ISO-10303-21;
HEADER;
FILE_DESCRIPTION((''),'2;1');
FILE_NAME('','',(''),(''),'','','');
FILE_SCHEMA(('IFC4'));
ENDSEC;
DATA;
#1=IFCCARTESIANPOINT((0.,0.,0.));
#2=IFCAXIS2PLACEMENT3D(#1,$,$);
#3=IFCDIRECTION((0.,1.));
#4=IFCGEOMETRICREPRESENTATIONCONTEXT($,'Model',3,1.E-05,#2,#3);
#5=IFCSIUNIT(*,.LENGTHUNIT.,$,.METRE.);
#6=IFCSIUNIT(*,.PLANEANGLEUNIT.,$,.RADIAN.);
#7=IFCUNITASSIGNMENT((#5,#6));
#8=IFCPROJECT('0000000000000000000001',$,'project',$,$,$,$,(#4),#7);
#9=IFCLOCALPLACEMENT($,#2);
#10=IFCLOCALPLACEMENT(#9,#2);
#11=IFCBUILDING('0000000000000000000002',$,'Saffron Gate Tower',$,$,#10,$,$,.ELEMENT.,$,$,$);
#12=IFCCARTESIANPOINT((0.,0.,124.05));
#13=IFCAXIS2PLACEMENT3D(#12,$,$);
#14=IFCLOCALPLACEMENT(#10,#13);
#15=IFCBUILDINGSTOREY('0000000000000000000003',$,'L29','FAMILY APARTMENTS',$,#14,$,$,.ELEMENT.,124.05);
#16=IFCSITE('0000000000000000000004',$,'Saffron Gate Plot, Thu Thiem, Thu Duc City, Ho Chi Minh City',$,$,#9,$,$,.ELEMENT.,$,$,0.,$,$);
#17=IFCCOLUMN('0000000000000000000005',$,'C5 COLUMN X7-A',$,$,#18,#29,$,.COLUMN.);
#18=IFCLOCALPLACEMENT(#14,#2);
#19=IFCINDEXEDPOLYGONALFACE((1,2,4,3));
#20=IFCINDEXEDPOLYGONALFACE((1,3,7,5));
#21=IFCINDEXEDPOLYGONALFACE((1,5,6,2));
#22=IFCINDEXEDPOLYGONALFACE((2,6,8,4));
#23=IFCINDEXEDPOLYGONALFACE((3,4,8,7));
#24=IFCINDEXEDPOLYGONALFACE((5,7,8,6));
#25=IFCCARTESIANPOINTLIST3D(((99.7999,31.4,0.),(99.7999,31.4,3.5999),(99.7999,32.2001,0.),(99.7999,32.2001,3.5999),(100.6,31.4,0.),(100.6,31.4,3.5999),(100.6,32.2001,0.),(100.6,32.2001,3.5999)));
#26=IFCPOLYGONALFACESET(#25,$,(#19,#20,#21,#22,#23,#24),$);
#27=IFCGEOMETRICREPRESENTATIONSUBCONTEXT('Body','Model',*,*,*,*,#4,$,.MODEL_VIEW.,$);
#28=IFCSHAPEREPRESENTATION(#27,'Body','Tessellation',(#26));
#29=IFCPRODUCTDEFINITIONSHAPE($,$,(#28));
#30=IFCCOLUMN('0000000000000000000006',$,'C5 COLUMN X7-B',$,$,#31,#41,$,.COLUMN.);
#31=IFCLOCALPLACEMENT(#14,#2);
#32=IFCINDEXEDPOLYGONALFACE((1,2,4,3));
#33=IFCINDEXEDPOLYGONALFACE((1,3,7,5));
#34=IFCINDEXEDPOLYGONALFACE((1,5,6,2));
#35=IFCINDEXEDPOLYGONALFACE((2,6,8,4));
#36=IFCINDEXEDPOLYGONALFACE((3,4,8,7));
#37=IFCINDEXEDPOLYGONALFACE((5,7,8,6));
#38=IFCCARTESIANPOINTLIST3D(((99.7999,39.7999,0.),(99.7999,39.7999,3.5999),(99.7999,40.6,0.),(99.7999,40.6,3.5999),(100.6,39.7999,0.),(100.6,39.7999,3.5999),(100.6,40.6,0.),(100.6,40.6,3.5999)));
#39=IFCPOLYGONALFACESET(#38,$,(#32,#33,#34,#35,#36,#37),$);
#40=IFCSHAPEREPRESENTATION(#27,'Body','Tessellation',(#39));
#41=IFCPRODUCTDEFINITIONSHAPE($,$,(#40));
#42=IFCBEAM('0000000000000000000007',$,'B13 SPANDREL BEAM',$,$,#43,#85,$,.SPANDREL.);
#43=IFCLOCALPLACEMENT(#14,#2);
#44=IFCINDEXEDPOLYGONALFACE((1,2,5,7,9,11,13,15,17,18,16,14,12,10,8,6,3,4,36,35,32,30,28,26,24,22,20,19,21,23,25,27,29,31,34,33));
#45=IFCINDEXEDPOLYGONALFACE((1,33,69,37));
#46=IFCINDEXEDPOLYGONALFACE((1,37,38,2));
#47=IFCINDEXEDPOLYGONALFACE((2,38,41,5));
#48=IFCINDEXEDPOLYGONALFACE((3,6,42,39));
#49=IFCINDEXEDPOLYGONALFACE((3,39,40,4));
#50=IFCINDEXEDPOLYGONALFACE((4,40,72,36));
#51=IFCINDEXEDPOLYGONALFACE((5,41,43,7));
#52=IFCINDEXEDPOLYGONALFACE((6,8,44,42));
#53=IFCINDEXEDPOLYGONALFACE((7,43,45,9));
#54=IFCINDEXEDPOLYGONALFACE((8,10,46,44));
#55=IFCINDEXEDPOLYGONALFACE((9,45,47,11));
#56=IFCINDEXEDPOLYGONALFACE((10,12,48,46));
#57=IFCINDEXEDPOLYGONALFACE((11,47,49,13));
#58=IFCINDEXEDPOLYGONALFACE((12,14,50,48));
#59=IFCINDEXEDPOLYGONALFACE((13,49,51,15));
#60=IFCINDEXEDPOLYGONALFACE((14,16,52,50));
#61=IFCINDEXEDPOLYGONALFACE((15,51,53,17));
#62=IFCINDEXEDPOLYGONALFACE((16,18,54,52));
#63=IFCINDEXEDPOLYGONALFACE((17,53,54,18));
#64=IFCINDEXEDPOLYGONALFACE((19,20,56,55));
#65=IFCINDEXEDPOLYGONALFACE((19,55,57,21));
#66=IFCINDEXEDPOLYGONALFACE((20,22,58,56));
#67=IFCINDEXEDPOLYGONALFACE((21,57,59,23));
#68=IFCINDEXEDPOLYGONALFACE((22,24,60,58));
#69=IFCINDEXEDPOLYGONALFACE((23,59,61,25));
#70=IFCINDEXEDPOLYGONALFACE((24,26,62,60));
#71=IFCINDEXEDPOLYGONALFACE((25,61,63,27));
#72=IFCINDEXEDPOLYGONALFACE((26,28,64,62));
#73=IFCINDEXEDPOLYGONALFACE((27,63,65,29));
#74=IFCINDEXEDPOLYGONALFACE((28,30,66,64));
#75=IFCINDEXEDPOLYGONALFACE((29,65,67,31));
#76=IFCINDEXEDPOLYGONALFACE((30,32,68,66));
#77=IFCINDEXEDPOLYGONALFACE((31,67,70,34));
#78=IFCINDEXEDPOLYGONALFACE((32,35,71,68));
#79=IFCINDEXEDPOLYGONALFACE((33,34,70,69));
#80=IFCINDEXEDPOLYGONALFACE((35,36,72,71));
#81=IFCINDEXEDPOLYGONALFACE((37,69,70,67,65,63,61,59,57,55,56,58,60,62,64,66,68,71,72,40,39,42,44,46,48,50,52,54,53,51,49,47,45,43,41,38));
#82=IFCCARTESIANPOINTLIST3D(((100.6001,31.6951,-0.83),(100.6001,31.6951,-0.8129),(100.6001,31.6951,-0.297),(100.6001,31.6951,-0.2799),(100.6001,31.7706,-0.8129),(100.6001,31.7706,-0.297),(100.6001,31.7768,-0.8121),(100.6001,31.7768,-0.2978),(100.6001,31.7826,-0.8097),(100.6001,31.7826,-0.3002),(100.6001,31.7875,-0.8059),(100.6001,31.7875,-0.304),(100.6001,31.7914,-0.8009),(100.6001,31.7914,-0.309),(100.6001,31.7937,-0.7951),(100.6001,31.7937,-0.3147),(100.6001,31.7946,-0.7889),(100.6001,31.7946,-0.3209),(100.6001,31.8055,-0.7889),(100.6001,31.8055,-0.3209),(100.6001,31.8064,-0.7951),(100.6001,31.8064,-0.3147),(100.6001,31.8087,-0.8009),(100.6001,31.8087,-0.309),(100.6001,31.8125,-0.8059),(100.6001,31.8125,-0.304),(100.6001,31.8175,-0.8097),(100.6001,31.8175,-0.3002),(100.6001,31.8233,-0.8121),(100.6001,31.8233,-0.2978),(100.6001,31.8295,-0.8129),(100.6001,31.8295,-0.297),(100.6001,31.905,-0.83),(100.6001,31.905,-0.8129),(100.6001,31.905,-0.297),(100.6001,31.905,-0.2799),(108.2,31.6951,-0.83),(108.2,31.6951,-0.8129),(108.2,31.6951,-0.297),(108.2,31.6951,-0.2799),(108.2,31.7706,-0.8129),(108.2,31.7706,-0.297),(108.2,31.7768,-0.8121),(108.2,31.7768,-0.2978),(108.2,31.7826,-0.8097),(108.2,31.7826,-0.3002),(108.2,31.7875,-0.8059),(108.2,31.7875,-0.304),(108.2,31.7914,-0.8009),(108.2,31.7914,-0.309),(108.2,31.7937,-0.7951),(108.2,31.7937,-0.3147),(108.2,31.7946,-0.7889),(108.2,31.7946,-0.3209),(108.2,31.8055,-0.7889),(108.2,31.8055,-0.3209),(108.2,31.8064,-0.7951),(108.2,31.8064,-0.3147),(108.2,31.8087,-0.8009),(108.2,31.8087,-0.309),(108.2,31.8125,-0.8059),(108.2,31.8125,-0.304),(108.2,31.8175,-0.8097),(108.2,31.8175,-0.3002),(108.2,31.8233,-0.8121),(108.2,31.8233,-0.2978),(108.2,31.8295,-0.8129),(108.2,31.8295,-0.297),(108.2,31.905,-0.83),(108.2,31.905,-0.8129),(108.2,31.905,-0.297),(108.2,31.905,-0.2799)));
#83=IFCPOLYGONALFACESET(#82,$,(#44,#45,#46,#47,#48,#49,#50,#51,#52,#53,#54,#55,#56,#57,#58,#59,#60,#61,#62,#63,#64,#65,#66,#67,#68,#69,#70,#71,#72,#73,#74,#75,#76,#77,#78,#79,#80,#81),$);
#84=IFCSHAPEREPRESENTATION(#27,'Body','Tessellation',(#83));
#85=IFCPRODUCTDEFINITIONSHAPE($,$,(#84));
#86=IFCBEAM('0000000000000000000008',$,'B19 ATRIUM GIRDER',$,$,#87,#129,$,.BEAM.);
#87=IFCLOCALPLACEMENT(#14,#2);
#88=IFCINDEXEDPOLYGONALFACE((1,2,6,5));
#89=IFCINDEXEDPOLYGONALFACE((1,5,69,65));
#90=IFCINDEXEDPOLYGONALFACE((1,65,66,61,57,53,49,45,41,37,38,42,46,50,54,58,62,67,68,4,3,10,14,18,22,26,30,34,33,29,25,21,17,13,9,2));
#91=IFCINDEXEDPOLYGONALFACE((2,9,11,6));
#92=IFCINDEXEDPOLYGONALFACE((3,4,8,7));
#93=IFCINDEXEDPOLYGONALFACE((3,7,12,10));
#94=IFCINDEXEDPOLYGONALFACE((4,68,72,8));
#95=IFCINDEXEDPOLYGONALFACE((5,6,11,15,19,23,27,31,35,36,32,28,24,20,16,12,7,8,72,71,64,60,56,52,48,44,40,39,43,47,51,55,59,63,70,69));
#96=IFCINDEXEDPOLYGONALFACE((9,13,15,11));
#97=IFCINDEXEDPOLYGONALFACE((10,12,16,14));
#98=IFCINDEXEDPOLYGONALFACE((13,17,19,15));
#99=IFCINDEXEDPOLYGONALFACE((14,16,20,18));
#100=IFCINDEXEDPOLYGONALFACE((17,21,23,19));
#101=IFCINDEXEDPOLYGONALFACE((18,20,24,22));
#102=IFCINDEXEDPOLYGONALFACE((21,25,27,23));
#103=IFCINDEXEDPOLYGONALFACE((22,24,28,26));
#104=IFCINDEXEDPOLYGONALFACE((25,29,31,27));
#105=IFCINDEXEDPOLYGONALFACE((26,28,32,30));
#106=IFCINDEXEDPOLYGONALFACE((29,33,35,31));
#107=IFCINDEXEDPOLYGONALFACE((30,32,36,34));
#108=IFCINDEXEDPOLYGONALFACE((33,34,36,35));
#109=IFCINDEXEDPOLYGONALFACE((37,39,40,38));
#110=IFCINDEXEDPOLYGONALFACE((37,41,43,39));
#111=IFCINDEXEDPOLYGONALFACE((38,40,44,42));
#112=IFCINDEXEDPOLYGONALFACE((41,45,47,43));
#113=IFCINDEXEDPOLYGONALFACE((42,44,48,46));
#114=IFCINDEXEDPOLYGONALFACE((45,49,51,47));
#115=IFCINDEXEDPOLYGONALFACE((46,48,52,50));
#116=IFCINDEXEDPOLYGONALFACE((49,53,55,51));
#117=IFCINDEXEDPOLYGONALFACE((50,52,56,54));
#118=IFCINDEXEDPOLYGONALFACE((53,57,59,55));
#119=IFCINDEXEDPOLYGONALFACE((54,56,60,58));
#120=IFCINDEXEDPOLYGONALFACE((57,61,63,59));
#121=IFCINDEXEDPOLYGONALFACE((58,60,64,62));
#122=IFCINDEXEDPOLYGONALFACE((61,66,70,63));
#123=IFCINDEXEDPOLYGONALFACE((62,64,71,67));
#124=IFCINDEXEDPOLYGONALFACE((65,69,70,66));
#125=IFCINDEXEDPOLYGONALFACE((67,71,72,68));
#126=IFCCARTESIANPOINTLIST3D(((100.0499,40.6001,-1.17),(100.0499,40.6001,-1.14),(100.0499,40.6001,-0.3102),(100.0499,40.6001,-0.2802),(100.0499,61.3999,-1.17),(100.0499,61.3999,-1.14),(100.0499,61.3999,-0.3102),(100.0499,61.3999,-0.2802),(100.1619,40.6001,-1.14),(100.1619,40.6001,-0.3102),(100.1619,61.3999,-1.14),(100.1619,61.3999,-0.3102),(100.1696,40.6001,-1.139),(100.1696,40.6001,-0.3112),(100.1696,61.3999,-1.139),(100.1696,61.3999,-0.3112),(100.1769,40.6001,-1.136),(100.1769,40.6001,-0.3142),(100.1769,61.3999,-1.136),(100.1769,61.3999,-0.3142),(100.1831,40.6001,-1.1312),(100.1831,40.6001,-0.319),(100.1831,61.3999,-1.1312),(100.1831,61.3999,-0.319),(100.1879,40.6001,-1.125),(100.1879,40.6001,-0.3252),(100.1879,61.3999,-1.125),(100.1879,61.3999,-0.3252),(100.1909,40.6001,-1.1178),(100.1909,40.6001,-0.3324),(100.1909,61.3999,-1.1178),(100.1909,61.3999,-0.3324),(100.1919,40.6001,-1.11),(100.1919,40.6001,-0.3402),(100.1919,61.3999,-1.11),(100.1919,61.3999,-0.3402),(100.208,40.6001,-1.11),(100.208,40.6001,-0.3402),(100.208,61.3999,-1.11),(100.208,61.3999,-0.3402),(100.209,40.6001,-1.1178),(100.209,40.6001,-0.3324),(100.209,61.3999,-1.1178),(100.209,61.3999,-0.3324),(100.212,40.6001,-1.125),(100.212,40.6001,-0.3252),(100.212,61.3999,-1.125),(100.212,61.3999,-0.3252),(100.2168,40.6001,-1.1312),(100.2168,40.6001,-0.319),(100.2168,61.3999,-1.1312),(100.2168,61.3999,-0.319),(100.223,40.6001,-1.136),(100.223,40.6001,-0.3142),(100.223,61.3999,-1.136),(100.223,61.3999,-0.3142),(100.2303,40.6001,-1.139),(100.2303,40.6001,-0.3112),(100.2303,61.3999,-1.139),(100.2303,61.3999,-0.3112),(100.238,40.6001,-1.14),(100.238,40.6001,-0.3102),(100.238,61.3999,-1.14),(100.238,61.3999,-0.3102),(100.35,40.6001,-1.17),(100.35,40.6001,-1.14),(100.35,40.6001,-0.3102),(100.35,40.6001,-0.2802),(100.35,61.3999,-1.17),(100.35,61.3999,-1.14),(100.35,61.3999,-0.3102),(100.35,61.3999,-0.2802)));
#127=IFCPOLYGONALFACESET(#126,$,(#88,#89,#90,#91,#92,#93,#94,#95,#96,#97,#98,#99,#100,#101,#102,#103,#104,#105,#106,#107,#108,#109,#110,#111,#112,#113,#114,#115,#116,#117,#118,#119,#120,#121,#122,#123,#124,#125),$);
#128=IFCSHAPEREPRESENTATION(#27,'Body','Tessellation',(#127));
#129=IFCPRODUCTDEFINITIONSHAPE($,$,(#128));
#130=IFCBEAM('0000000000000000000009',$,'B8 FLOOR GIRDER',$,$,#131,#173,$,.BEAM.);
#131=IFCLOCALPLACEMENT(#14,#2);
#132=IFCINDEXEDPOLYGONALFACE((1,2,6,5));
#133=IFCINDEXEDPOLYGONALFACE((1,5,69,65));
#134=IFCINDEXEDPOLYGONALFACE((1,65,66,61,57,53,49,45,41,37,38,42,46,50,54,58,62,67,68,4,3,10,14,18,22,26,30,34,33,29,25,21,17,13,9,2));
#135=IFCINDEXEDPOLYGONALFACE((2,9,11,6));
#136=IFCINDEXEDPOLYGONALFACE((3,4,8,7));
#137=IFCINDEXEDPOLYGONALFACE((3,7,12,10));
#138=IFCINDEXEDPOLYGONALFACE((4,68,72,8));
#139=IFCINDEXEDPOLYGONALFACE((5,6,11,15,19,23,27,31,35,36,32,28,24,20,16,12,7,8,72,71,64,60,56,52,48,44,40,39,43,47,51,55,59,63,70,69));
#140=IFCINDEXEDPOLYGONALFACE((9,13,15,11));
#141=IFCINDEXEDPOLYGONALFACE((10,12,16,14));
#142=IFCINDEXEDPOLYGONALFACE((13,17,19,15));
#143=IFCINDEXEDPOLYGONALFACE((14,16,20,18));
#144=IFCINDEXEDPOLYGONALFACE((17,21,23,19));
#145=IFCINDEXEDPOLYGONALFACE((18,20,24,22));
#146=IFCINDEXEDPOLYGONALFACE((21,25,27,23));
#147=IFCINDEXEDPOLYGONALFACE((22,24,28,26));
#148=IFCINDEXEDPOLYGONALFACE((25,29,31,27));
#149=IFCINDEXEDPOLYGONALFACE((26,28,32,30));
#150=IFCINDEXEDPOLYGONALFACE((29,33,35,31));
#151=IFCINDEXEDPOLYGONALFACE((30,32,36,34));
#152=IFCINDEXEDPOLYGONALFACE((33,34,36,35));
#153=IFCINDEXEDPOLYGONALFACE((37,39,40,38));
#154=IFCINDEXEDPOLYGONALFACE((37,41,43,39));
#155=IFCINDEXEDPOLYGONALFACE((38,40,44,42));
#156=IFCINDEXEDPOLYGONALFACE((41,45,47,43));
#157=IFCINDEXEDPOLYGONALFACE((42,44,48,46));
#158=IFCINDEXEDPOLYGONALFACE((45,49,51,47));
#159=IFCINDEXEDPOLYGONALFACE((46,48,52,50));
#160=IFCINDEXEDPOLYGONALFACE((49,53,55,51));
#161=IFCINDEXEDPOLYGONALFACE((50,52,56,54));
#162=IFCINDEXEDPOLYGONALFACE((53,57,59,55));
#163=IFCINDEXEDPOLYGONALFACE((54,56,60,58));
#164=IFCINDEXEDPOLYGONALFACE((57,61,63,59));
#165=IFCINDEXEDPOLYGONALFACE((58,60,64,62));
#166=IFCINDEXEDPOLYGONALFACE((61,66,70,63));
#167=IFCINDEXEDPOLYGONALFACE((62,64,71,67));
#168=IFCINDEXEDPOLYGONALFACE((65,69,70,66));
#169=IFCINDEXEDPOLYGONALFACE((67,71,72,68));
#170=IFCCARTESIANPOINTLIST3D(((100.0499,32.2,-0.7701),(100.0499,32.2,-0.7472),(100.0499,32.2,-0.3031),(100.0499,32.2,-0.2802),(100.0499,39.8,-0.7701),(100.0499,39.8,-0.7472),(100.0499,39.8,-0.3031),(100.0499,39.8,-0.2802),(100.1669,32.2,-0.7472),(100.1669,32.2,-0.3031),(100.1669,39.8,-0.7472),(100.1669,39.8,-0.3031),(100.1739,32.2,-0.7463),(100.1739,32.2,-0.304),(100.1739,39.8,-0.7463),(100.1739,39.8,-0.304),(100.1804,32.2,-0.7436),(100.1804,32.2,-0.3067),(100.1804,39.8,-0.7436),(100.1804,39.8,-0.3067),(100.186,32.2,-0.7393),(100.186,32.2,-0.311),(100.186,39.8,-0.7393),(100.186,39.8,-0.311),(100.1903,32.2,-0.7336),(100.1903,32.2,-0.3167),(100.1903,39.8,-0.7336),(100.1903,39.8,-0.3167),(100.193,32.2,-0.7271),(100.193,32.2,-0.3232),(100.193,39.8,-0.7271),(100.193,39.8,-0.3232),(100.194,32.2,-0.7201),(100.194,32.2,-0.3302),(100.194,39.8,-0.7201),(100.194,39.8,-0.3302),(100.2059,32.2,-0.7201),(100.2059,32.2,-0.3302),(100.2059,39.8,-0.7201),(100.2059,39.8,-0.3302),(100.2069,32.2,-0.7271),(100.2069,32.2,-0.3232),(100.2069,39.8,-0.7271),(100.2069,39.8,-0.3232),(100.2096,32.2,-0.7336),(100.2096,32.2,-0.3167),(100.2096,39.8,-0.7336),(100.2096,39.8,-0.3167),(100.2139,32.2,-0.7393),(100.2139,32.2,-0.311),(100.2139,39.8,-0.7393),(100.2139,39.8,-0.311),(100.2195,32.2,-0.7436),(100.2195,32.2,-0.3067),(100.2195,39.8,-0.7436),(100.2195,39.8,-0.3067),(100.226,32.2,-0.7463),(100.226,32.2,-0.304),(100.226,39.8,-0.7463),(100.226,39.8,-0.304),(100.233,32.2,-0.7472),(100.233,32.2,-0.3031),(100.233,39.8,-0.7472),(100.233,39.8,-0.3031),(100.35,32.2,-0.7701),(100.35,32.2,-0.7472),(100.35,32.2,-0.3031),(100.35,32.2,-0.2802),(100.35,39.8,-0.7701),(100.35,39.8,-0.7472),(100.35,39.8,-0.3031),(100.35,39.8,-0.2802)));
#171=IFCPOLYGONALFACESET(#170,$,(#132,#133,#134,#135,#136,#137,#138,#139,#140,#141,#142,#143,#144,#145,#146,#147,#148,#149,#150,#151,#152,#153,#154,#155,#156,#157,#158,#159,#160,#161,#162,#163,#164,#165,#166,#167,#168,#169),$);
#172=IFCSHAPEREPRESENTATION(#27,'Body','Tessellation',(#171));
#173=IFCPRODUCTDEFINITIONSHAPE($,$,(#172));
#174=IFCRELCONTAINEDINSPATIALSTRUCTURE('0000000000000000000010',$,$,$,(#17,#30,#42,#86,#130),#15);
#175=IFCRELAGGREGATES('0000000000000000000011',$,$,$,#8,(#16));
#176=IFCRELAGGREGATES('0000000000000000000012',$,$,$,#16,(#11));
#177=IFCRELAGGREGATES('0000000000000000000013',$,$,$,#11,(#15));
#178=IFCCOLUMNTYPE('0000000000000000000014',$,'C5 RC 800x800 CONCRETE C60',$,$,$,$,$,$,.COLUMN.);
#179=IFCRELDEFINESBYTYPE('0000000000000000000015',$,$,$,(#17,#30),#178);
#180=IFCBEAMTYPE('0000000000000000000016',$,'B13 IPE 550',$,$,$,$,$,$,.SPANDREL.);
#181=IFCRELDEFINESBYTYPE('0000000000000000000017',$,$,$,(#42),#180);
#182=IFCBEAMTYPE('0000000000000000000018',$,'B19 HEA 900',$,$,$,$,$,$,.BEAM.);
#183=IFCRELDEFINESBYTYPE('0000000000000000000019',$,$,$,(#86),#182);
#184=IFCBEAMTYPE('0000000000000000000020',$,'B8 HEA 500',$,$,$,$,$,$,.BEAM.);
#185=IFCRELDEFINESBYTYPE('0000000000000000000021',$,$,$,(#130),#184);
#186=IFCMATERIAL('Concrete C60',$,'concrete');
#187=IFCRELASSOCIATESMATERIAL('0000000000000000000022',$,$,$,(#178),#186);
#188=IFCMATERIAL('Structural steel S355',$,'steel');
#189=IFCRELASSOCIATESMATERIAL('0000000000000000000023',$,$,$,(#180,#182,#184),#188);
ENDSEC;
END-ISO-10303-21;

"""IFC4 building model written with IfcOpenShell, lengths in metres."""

from ifc_helpers import new_model, si_unit, direction, frame, origin, origin_2d, place, context, subcontext, project, spatial, rectangle, i_section, extrude, material, material_profile, profile_set, type_object, element, save


model = new_model("IFC4")

# Units and contexts
model_context = context("Model", 3, precision=1e-05, world=origin(), true_north=direction((0.0, 1.0)))
body_context = subcontext(model_context, "Body", "Model", "MODEL_VIEW")
ifc_project = project(units=[si_unit("LENGTHUNIT", "METRE"), si_unit("PLANEANGLEUNIT", "RADIAN")], contexts=[model_context])

# Site, building, storey
site_placement = place(None, origin())
site = spatial("IfcSite", under=ifc_project, at=site_placement, Name="Saffron Gate Plot, Thu Thiem, Thu Duc City, Ho Chi Minh City", CompositionType="ELEMENT", RefElevation=0.0)
building_placement = place(site_placement, origin())
building = spatial("IfcBuilding", under=site, at=building_placement, Name="Saffron Gate Tower", CompositionType="ELEMENT")
storey_placement = place(building_placement, frame((0.0, 0.0, 124.05)))
storey = spatial("IfcBuildingStorey", under=building, at=storey_placement, Name="L29", Description="FAMILY APARTMENTS", CompositionType="ELEMENT", Elevation=124.05)

# Columns
ifc_material_1 = material(Name="Concrete C60", Category="concrete")
ifc_material_profile_1 = material_profile(ifc_material_1, rectangle(XDim=0.8, YDim=0.8, at=origin_2d()))
ifc_profile_set_1 = profile_set([ifc_material_profile_1], Name="Concrete C60")
column_type = type_object("IfcColumnType", Name="C5 RC 800x800 CONCRETE C60", PredefinedType="COLUMN", material=ifc_profile_set_1)
for number, where, z_axis, x_axis, name in (
    (1, (100.2, 31.8, 0.0), (0.0, 0.0, 1.0), (1.0, 0.0, 0.0), "C5 COLUMN X7-A"),
    (2, (100.2, 40.2, 0.0), (0.0, 0.0, 1.0), (1.0, 0.0, 0.0), "C5 COLUMN X7-B"),
):
    element("IfcColumn", number, at=place(storey_placement, frame(where, z_axis=z_axis, x_axis=x_axis)), inside=storey, type_object=column_type, Name=name, PredefinedType="COLUMN", context=body_context, shape_type="SweptSolid", body=[
        extrude(rectangle(XDim=0.8, YDim=0.8, at=origin_2d()), origin(), (0.0, 0.0, 1.0), 3.5999),
    ])

# Beams
ifc_material_2 = material(Name="Structural steel S355", Category="steel")
ifc_material_profile_2 = material_profile(ifc_material_2, i_section(OverallWidth=0.21, OverallDepth=0.55, WebThickness=0.011, FlangeThickness=0.0171, FilletRadius=0.0239, at=origin_2d()))
ifc_profile_set_2 = profile_set([ifc_material_profile_2], Name="Structural steel S355")
beam_type_1 = type_object("IfcBeamType", Name="B13 IPE 550", PredefinedType="SPANDREL", material=ifc_profile_set_2)
beam_1_placement = place(storey_placement, frame((100.6001, 31.8, -0.5549), z_axis=(1.0, 0.0, 0.0), x_axis=(0.0, 1.0, 0.0)))
element("IfcBeam", 3, at=beam_1_placement, inside=storey, type_object=beam_type_1, Name="B13 SPANDREL BEAM", PredefinedType="SPANDREL", context=body_context, shape_type="SweptSolid", body=[
    extrude(i_section(OverallWidth=0.21, OverallDepth=0.55, WebThickness=0.011, FlangeThickness=0.0171, FilletRadius=0.0239, at=origin_2d()), origin(), (0.0, 0.0, 1.0), 7.5999),
])
ifc_material_profile_3 = material_profile(ifc_material_2, i_section(OverallWidth=0.3, OverallDepth=0.8899, WebThickness=0.0161, FlangeThickness=0.03, FilletRadius=0.03, at=origin_2d()))
ifc_profile_set_3 = profile_set([ifc_material_profile_3], Name="Structural steel S355")
beam_type_2 = type_object("IfcBeamType", Name="B19 HEA 900", PredefinedType="BEAM", material=ifc_profile_set_3)
beam_2_placement = place(storey_placement, frame((100.2, 40.6001, -0.7251), z_axis=(0.0, 1.0, 0.0), x_axis=(-1.0, 0.0, 0.0)))
element("IfcBeam", 4, at=beam_2_placement, inside=storey, type_object=beam_type_2, Name="B19 ATRIUM GIRDER", PredefinedType="BEAM", context=body_context, shape_type="SweptSolid", body=[
    extrude(i_section(OverallWidth=0.3, OverallDepth=0.8899, WebThickness=0.0161, FlangeThickness=0.03, FilletRadius=0.03, at=origin_2d()), origin(), (0.0, 0.0, 1.0), 20.7998),
])
ifc_material_profile_4 = material_profile(ifc_material_2, i_section(OverallWidth=0.3, OverallDepth=0.49, WebThickness=0.012, FlangeThickness=0.0229, FilletRadius=0.0271, at=origin_2d()))
ifc_profile_set_4 = profile_set([ifc_material_profile_4], Name="Structural steel S355")
beam_type_3 = type_object("IfcBeamType", Name="B8 HEA 500", PredefinedType="BEAM", material=ifc_profile_set_4)
beam_3_placement = place(storey_placement, frame((100.2, 32.2, -0.5251), z_axis=(0.0, 1.0, 0.0), x_axis=(-1.0, 0.0, 0.0)))
element("IfcBeam", 5, at=beam_3_placement, inside=storey, type_object=beam_type_3, Name="B8 FLOOR GIRDER", PredefinedType="BEAM", context=body_context, shape_type="SweptSolid", body=[
    extrude(i_section(OverallWidth=0.3, OverallDepth=0.49, WebThickness=0.012, FlangeThickness=0.0229, FilletRadius=0.0271, at=origin_2d()), origin(), (0.0, 0.0, 1.0), 7.6001),
])

save(model, "model.ifc")
